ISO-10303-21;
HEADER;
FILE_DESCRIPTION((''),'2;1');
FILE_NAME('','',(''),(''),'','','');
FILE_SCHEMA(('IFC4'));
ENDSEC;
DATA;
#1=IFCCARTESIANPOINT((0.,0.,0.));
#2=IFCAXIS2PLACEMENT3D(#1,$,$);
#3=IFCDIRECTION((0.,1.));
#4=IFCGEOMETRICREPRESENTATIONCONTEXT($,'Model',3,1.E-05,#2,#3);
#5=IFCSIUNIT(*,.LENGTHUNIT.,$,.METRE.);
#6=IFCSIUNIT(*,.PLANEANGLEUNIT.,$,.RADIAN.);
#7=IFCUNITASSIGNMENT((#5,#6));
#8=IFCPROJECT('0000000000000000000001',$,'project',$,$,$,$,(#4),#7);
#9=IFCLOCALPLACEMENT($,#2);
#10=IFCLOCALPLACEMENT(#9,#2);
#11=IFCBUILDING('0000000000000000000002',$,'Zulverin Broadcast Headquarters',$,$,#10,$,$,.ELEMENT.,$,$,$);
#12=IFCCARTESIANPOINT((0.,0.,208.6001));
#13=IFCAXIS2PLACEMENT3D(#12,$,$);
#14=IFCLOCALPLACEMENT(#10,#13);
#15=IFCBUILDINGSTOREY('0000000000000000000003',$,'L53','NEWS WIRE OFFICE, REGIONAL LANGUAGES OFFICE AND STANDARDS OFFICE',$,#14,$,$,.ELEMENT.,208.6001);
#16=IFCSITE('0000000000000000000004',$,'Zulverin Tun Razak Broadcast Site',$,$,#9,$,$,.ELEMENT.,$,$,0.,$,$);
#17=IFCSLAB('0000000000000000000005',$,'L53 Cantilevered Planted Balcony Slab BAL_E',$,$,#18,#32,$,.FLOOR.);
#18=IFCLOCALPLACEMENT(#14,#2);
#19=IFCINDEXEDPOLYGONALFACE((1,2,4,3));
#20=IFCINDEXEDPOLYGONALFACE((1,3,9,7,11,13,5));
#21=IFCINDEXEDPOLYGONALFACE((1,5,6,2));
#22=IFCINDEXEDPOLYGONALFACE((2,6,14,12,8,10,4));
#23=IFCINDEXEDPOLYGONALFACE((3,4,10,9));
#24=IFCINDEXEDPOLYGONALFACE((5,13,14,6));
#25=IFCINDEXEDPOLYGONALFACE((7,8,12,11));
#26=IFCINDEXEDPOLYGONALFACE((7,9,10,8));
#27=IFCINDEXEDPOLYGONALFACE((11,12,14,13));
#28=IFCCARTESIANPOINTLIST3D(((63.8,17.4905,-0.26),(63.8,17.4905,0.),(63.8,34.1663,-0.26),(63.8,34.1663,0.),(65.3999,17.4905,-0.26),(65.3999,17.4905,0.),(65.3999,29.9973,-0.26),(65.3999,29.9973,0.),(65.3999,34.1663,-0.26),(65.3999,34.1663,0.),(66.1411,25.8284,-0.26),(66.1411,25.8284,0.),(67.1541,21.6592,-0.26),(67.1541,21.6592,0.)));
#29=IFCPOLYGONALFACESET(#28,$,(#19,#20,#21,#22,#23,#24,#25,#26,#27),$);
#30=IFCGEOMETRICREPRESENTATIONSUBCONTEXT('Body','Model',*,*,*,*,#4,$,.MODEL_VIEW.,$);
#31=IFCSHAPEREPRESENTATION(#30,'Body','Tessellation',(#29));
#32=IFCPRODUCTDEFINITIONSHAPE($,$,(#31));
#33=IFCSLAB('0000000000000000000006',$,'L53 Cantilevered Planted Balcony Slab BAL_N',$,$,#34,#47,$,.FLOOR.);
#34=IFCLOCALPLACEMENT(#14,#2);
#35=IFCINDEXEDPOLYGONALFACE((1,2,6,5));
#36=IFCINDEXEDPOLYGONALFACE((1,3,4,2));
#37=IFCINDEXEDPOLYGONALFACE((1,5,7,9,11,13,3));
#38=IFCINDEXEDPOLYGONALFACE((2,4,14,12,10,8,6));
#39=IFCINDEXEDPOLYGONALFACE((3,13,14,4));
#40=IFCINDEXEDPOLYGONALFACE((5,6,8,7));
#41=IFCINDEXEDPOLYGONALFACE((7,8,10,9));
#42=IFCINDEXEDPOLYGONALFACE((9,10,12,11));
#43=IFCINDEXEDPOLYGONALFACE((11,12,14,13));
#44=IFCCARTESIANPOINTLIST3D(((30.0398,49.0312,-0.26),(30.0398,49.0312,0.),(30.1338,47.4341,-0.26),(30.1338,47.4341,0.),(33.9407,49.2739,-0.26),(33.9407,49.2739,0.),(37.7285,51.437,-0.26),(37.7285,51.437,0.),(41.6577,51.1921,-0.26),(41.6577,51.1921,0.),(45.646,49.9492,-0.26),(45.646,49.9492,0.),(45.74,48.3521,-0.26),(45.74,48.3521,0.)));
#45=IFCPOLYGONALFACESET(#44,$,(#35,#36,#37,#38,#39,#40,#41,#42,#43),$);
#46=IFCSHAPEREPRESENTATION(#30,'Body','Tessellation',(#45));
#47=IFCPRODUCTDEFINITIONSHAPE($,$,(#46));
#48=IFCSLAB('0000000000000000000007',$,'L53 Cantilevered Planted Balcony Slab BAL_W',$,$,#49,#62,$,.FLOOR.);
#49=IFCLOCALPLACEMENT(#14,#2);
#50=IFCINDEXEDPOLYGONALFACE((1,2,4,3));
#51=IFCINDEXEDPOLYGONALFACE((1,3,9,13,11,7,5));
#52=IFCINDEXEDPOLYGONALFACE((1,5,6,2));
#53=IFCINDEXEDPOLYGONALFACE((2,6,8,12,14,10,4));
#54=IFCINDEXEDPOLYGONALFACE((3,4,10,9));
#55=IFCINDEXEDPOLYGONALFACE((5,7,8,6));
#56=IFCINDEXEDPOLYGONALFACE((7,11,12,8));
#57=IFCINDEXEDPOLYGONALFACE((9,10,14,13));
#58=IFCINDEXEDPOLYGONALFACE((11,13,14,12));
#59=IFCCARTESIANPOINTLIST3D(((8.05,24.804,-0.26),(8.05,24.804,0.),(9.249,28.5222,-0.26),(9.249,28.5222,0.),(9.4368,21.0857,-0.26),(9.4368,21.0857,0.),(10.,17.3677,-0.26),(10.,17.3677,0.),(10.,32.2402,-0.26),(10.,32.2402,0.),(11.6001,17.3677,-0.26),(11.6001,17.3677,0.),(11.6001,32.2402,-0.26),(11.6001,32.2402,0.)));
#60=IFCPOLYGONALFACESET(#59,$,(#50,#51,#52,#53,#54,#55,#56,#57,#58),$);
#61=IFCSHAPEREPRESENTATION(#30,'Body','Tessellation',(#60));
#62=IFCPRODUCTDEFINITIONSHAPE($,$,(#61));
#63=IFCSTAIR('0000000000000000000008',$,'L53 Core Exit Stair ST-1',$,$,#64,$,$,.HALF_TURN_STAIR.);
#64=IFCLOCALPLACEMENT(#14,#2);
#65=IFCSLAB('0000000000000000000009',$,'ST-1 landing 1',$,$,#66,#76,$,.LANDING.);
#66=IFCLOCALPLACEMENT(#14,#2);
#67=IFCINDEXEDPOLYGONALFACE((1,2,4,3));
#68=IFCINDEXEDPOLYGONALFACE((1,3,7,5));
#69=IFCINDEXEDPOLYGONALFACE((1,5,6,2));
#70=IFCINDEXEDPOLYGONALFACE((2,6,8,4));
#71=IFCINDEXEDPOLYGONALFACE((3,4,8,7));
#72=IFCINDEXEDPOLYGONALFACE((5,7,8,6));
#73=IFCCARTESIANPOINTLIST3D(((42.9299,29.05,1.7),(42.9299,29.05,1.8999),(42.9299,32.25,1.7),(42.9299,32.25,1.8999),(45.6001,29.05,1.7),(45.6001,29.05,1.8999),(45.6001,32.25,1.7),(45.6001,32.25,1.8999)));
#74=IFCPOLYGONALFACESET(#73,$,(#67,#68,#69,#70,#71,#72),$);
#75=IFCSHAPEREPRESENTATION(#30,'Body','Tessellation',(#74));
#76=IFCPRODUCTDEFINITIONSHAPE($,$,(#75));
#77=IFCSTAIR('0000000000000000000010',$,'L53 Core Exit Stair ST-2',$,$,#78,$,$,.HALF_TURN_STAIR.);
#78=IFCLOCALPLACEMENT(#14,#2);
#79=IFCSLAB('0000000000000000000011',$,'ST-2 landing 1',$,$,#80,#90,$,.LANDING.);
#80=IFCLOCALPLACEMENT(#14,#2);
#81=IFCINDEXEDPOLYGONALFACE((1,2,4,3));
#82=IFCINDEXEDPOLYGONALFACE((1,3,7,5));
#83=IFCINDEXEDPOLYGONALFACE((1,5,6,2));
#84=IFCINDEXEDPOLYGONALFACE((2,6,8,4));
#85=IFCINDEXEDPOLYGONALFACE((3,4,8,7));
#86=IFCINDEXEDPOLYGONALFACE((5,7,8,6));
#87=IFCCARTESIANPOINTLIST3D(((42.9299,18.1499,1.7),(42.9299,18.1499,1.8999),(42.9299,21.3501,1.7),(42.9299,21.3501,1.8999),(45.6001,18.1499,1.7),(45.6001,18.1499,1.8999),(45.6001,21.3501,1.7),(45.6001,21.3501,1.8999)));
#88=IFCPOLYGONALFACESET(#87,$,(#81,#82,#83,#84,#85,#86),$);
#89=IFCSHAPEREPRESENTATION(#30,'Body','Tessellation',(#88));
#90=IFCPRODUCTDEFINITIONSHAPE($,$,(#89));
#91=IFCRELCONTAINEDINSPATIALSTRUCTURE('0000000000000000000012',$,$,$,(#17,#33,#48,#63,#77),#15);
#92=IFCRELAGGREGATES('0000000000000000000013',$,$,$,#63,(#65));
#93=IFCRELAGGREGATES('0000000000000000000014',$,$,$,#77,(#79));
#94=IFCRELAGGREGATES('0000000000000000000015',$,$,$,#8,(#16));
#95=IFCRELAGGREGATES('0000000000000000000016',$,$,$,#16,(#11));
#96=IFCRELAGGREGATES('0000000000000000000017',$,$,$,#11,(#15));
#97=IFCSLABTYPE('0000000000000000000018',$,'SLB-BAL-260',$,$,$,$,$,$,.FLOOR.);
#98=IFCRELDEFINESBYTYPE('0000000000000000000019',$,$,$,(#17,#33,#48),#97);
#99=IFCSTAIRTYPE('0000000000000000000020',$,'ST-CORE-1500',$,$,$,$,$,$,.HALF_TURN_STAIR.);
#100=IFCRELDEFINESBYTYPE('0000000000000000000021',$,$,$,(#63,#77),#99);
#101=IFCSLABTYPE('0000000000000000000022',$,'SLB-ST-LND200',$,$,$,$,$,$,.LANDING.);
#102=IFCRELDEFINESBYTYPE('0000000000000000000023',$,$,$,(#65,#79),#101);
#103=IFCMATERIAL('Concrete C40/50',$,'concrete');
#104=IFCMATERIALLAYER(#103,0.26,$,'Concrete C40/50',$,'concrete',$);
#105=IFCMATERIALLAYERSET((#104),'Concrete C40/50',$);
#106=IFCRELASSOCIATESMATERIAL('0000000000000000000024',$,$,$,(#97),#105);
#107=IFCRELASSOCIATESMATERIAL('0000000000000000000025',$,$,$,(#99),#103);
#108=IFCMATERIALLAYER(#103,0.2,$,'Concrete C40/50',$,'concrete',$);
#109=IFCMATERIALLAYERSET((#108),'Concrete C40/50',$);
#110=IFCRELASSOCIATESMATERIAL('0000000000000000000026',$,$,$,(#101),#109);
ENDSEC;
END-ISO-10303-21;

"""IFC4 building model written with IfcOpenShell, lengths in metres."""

from ifc_helpers import new_model, si_unit, direction, frame, origin, place, context, subcontext, project, spatial, polyline, outline, extrude, material, layer, layer_set, type_object, element, aggregate, save


model = new_model("IFC4")

# Units and contexts
model_context = context("Model", 3, precision=1e-05, world=origin(), true_north=direction((0.0, 1.0)))
body_context = subcontext(model_context, "Body", "Model", "MODEL_VIEW")
ifc_project = project(units=[si_unit("LENGTHUNIT", "METRE"), si_unit("PLANEANGLEUNIT", "RADIAN")], contexts=[model_context])

# Site, building, storey
site_placement = place(None, origin())
site = spatial("IfcSite", under=ifc_project, at=site_placement, Name="Zulverin Tun Razak Broadcast Site", CompositionType="ELEMENT", RefElevation=0.0)
building_placement = place(site_placement, origin())
building = spatial("IfcBuilding", under=site, at=building_placement, Name="Zulverin Broadcast Headquarters", CompositionType="ELEMENT")
storey_placement = place(building_placement, frame((0.0, 0.0, 208.6001)))
storey = spatial("IfcBuildingStorey", under=building, at=storey_placement, Name="L53", Description="NEWS WIRE OFFICE, REGIONAL LANGUAGES OFFICE AND STANDARDS OFFICE", CompositionType="ELEMENT", Elevation=208.6001)

# Slabs
ifc_material_1 = material(Name="Concrete C40/50", Category="concrete")
ifc_layer_1 = layer(ifc_material_1, 0.26, Name="Concrete C40/50", Category="concrete")
ifc_layer_set_1 = layer_set([ifc_layer_1], Name="Concrete C40/50")
slab_type_1 = type_object("IfcSlabType", Name="SLB-BAL-260", PredefinedType="FLOOR", material=ifc_layer_set_1)
slab_1_placement = place(storey_placement, frame((0.0, 0.0, -0.26)))
element("IfcSlab", 1, at=slab_1_placement, inside=storey, type_object=slab_type_1, Name="L53 Cantilevered Planted Balcony Slab BAL_E", PredefinedType="FLOOR", context=body_context, shape_type="SweptSolid", body=[
    extrude(outline(polyline([(63.8, 34.1663), (63.8, 17.4905), (65.3999, 17.4905), (67.1541, 21.6592), (66.1411, 25.8284), (65.3999, 29.9973), (65.3999, 34.1663), (63.8, 34.1663)])), origin(), (0.0, 0.0, 1.0), 0.26),
])
slab_2_placement = place(storey_placement, frame((0.0, 0.0, -0.26)))
element("IfcSlab", 2, at=slab_2_placement, inside=storey, type_object=slab_type_1, Name="L53 Cantilevered Planted Balcony Slab BAL_N", PredefinedType="FLOOR", context=body_context, shape_type="SweptSolid", body=[
    extrude(outline(polyline([(30.1338, 47.4341), (45.74, 48.3521), (45.646, 49.9492), (41.6577, 51.1921), (37.7285, 51.437), (33.9407, 49.2739), (30.0398, 49.0312), (30.1338, 47.4341)])), origin(), (0.0, 0.0, 1.0), 0.26),
])
slab_3_placement = place(storey_placement, frame((0.0, 0.0, -0.26)))
element("IfcSlab", 3, at=slab_3_placement, inside=storey, type_object=slab_type_1, Name="L53 Cantilevered Planted Balcony Slab BAL_W", PredefinedType="FLOOR", context=body_context, shape_type="SweptSolid", body=[
    extrude(outline(polyline([(11.6001, 17.3677), (11.6001, 32.2402), (10.0, 32.2402), (9.249, 28.5222), (8.05, 24.804), (9.4368, 21.0857), (10.0, 17.3677), (11.6001, 17.3677)])), origin(), (0.0, 0.0, 1.0), 0.26),
])

# Stairs, slabs
stair_type = type_object("IfcStairType", Name="ST-CORE-1500", PredefinedType="HALF_TURN_STAIR", material=ifc_material_1)
stair_1_placement = place(storey_placement, origin())
stair_1 = element("IfcStair", 4, at=stair_1_placement, inside=storey, type_object=stair_type, Name="L53 Core Exit Stair ST-1", PredefinedType="HALF_TURN_STAIR")
ifc_layer_2 = layer(ifc_material_1, 0.2, Name="Concrete C40/50", Category="concrete")
ifc_layer_set_2 = layer_set([ifc_layer_2], Name="Concrete C40/50")
slab_type_2 = type_object("IfcSlabType", Name="SLB-ST-LND200", PredefinedType="LANDING", material=ifc_layer_set_2)
slab_4_placement = place(storey_placement, frame((0.0, 0.0, 1.7)))
slab_4 = element("IfcSlab", 5, at=slab_4_placement, type_object=slab_type_2, Name="ST-1 landing 1", PredefinedType="LANDING", context=body_context, shape_type="SweptSolid", body=[
    extrude(outline(polyline([(42.9299, 29.05), (45.6001, 29.05), (45.6001, 32.25), (42.9299, 32.25), (42.9299, 29.05)])), origin(), (0.0, 0.0, 1.0), 0.2),
])
aggregate(stair_1, [slab_4])
stair_2_placement = place(storey_placement, origin())
stair_2 = element("IfcStair", 6, at=stair_2_placement, inside=storey, type_object=stair_type, Name="L53 Core Exit Stair ST-2", PredefinedType="HALF_TURN_STAIR")
slab_5_placement = place(storey_placement, frame((0.0, 0.0, 1.7)))
slab_5 = element("IfcSlab", 7, at=slab_5_placement, type_object=slab_type_2, Name="ST-2 landing 1", PredefinedType="LANDING", context=body_context, shape_type="SweptSolid", body=[
    extrude(outline(polyline([(42.9299, 18.1499), (45.6001, 18.1499), (45.6001, 21.3501), (42.9299, 21.3501), (42.9299, 18.1499)])), origin(), (0.0, 0.0, 1.0), 0.2),
])
aggregate(stair_2, [slab_5])

save(model, "model.ifc")
